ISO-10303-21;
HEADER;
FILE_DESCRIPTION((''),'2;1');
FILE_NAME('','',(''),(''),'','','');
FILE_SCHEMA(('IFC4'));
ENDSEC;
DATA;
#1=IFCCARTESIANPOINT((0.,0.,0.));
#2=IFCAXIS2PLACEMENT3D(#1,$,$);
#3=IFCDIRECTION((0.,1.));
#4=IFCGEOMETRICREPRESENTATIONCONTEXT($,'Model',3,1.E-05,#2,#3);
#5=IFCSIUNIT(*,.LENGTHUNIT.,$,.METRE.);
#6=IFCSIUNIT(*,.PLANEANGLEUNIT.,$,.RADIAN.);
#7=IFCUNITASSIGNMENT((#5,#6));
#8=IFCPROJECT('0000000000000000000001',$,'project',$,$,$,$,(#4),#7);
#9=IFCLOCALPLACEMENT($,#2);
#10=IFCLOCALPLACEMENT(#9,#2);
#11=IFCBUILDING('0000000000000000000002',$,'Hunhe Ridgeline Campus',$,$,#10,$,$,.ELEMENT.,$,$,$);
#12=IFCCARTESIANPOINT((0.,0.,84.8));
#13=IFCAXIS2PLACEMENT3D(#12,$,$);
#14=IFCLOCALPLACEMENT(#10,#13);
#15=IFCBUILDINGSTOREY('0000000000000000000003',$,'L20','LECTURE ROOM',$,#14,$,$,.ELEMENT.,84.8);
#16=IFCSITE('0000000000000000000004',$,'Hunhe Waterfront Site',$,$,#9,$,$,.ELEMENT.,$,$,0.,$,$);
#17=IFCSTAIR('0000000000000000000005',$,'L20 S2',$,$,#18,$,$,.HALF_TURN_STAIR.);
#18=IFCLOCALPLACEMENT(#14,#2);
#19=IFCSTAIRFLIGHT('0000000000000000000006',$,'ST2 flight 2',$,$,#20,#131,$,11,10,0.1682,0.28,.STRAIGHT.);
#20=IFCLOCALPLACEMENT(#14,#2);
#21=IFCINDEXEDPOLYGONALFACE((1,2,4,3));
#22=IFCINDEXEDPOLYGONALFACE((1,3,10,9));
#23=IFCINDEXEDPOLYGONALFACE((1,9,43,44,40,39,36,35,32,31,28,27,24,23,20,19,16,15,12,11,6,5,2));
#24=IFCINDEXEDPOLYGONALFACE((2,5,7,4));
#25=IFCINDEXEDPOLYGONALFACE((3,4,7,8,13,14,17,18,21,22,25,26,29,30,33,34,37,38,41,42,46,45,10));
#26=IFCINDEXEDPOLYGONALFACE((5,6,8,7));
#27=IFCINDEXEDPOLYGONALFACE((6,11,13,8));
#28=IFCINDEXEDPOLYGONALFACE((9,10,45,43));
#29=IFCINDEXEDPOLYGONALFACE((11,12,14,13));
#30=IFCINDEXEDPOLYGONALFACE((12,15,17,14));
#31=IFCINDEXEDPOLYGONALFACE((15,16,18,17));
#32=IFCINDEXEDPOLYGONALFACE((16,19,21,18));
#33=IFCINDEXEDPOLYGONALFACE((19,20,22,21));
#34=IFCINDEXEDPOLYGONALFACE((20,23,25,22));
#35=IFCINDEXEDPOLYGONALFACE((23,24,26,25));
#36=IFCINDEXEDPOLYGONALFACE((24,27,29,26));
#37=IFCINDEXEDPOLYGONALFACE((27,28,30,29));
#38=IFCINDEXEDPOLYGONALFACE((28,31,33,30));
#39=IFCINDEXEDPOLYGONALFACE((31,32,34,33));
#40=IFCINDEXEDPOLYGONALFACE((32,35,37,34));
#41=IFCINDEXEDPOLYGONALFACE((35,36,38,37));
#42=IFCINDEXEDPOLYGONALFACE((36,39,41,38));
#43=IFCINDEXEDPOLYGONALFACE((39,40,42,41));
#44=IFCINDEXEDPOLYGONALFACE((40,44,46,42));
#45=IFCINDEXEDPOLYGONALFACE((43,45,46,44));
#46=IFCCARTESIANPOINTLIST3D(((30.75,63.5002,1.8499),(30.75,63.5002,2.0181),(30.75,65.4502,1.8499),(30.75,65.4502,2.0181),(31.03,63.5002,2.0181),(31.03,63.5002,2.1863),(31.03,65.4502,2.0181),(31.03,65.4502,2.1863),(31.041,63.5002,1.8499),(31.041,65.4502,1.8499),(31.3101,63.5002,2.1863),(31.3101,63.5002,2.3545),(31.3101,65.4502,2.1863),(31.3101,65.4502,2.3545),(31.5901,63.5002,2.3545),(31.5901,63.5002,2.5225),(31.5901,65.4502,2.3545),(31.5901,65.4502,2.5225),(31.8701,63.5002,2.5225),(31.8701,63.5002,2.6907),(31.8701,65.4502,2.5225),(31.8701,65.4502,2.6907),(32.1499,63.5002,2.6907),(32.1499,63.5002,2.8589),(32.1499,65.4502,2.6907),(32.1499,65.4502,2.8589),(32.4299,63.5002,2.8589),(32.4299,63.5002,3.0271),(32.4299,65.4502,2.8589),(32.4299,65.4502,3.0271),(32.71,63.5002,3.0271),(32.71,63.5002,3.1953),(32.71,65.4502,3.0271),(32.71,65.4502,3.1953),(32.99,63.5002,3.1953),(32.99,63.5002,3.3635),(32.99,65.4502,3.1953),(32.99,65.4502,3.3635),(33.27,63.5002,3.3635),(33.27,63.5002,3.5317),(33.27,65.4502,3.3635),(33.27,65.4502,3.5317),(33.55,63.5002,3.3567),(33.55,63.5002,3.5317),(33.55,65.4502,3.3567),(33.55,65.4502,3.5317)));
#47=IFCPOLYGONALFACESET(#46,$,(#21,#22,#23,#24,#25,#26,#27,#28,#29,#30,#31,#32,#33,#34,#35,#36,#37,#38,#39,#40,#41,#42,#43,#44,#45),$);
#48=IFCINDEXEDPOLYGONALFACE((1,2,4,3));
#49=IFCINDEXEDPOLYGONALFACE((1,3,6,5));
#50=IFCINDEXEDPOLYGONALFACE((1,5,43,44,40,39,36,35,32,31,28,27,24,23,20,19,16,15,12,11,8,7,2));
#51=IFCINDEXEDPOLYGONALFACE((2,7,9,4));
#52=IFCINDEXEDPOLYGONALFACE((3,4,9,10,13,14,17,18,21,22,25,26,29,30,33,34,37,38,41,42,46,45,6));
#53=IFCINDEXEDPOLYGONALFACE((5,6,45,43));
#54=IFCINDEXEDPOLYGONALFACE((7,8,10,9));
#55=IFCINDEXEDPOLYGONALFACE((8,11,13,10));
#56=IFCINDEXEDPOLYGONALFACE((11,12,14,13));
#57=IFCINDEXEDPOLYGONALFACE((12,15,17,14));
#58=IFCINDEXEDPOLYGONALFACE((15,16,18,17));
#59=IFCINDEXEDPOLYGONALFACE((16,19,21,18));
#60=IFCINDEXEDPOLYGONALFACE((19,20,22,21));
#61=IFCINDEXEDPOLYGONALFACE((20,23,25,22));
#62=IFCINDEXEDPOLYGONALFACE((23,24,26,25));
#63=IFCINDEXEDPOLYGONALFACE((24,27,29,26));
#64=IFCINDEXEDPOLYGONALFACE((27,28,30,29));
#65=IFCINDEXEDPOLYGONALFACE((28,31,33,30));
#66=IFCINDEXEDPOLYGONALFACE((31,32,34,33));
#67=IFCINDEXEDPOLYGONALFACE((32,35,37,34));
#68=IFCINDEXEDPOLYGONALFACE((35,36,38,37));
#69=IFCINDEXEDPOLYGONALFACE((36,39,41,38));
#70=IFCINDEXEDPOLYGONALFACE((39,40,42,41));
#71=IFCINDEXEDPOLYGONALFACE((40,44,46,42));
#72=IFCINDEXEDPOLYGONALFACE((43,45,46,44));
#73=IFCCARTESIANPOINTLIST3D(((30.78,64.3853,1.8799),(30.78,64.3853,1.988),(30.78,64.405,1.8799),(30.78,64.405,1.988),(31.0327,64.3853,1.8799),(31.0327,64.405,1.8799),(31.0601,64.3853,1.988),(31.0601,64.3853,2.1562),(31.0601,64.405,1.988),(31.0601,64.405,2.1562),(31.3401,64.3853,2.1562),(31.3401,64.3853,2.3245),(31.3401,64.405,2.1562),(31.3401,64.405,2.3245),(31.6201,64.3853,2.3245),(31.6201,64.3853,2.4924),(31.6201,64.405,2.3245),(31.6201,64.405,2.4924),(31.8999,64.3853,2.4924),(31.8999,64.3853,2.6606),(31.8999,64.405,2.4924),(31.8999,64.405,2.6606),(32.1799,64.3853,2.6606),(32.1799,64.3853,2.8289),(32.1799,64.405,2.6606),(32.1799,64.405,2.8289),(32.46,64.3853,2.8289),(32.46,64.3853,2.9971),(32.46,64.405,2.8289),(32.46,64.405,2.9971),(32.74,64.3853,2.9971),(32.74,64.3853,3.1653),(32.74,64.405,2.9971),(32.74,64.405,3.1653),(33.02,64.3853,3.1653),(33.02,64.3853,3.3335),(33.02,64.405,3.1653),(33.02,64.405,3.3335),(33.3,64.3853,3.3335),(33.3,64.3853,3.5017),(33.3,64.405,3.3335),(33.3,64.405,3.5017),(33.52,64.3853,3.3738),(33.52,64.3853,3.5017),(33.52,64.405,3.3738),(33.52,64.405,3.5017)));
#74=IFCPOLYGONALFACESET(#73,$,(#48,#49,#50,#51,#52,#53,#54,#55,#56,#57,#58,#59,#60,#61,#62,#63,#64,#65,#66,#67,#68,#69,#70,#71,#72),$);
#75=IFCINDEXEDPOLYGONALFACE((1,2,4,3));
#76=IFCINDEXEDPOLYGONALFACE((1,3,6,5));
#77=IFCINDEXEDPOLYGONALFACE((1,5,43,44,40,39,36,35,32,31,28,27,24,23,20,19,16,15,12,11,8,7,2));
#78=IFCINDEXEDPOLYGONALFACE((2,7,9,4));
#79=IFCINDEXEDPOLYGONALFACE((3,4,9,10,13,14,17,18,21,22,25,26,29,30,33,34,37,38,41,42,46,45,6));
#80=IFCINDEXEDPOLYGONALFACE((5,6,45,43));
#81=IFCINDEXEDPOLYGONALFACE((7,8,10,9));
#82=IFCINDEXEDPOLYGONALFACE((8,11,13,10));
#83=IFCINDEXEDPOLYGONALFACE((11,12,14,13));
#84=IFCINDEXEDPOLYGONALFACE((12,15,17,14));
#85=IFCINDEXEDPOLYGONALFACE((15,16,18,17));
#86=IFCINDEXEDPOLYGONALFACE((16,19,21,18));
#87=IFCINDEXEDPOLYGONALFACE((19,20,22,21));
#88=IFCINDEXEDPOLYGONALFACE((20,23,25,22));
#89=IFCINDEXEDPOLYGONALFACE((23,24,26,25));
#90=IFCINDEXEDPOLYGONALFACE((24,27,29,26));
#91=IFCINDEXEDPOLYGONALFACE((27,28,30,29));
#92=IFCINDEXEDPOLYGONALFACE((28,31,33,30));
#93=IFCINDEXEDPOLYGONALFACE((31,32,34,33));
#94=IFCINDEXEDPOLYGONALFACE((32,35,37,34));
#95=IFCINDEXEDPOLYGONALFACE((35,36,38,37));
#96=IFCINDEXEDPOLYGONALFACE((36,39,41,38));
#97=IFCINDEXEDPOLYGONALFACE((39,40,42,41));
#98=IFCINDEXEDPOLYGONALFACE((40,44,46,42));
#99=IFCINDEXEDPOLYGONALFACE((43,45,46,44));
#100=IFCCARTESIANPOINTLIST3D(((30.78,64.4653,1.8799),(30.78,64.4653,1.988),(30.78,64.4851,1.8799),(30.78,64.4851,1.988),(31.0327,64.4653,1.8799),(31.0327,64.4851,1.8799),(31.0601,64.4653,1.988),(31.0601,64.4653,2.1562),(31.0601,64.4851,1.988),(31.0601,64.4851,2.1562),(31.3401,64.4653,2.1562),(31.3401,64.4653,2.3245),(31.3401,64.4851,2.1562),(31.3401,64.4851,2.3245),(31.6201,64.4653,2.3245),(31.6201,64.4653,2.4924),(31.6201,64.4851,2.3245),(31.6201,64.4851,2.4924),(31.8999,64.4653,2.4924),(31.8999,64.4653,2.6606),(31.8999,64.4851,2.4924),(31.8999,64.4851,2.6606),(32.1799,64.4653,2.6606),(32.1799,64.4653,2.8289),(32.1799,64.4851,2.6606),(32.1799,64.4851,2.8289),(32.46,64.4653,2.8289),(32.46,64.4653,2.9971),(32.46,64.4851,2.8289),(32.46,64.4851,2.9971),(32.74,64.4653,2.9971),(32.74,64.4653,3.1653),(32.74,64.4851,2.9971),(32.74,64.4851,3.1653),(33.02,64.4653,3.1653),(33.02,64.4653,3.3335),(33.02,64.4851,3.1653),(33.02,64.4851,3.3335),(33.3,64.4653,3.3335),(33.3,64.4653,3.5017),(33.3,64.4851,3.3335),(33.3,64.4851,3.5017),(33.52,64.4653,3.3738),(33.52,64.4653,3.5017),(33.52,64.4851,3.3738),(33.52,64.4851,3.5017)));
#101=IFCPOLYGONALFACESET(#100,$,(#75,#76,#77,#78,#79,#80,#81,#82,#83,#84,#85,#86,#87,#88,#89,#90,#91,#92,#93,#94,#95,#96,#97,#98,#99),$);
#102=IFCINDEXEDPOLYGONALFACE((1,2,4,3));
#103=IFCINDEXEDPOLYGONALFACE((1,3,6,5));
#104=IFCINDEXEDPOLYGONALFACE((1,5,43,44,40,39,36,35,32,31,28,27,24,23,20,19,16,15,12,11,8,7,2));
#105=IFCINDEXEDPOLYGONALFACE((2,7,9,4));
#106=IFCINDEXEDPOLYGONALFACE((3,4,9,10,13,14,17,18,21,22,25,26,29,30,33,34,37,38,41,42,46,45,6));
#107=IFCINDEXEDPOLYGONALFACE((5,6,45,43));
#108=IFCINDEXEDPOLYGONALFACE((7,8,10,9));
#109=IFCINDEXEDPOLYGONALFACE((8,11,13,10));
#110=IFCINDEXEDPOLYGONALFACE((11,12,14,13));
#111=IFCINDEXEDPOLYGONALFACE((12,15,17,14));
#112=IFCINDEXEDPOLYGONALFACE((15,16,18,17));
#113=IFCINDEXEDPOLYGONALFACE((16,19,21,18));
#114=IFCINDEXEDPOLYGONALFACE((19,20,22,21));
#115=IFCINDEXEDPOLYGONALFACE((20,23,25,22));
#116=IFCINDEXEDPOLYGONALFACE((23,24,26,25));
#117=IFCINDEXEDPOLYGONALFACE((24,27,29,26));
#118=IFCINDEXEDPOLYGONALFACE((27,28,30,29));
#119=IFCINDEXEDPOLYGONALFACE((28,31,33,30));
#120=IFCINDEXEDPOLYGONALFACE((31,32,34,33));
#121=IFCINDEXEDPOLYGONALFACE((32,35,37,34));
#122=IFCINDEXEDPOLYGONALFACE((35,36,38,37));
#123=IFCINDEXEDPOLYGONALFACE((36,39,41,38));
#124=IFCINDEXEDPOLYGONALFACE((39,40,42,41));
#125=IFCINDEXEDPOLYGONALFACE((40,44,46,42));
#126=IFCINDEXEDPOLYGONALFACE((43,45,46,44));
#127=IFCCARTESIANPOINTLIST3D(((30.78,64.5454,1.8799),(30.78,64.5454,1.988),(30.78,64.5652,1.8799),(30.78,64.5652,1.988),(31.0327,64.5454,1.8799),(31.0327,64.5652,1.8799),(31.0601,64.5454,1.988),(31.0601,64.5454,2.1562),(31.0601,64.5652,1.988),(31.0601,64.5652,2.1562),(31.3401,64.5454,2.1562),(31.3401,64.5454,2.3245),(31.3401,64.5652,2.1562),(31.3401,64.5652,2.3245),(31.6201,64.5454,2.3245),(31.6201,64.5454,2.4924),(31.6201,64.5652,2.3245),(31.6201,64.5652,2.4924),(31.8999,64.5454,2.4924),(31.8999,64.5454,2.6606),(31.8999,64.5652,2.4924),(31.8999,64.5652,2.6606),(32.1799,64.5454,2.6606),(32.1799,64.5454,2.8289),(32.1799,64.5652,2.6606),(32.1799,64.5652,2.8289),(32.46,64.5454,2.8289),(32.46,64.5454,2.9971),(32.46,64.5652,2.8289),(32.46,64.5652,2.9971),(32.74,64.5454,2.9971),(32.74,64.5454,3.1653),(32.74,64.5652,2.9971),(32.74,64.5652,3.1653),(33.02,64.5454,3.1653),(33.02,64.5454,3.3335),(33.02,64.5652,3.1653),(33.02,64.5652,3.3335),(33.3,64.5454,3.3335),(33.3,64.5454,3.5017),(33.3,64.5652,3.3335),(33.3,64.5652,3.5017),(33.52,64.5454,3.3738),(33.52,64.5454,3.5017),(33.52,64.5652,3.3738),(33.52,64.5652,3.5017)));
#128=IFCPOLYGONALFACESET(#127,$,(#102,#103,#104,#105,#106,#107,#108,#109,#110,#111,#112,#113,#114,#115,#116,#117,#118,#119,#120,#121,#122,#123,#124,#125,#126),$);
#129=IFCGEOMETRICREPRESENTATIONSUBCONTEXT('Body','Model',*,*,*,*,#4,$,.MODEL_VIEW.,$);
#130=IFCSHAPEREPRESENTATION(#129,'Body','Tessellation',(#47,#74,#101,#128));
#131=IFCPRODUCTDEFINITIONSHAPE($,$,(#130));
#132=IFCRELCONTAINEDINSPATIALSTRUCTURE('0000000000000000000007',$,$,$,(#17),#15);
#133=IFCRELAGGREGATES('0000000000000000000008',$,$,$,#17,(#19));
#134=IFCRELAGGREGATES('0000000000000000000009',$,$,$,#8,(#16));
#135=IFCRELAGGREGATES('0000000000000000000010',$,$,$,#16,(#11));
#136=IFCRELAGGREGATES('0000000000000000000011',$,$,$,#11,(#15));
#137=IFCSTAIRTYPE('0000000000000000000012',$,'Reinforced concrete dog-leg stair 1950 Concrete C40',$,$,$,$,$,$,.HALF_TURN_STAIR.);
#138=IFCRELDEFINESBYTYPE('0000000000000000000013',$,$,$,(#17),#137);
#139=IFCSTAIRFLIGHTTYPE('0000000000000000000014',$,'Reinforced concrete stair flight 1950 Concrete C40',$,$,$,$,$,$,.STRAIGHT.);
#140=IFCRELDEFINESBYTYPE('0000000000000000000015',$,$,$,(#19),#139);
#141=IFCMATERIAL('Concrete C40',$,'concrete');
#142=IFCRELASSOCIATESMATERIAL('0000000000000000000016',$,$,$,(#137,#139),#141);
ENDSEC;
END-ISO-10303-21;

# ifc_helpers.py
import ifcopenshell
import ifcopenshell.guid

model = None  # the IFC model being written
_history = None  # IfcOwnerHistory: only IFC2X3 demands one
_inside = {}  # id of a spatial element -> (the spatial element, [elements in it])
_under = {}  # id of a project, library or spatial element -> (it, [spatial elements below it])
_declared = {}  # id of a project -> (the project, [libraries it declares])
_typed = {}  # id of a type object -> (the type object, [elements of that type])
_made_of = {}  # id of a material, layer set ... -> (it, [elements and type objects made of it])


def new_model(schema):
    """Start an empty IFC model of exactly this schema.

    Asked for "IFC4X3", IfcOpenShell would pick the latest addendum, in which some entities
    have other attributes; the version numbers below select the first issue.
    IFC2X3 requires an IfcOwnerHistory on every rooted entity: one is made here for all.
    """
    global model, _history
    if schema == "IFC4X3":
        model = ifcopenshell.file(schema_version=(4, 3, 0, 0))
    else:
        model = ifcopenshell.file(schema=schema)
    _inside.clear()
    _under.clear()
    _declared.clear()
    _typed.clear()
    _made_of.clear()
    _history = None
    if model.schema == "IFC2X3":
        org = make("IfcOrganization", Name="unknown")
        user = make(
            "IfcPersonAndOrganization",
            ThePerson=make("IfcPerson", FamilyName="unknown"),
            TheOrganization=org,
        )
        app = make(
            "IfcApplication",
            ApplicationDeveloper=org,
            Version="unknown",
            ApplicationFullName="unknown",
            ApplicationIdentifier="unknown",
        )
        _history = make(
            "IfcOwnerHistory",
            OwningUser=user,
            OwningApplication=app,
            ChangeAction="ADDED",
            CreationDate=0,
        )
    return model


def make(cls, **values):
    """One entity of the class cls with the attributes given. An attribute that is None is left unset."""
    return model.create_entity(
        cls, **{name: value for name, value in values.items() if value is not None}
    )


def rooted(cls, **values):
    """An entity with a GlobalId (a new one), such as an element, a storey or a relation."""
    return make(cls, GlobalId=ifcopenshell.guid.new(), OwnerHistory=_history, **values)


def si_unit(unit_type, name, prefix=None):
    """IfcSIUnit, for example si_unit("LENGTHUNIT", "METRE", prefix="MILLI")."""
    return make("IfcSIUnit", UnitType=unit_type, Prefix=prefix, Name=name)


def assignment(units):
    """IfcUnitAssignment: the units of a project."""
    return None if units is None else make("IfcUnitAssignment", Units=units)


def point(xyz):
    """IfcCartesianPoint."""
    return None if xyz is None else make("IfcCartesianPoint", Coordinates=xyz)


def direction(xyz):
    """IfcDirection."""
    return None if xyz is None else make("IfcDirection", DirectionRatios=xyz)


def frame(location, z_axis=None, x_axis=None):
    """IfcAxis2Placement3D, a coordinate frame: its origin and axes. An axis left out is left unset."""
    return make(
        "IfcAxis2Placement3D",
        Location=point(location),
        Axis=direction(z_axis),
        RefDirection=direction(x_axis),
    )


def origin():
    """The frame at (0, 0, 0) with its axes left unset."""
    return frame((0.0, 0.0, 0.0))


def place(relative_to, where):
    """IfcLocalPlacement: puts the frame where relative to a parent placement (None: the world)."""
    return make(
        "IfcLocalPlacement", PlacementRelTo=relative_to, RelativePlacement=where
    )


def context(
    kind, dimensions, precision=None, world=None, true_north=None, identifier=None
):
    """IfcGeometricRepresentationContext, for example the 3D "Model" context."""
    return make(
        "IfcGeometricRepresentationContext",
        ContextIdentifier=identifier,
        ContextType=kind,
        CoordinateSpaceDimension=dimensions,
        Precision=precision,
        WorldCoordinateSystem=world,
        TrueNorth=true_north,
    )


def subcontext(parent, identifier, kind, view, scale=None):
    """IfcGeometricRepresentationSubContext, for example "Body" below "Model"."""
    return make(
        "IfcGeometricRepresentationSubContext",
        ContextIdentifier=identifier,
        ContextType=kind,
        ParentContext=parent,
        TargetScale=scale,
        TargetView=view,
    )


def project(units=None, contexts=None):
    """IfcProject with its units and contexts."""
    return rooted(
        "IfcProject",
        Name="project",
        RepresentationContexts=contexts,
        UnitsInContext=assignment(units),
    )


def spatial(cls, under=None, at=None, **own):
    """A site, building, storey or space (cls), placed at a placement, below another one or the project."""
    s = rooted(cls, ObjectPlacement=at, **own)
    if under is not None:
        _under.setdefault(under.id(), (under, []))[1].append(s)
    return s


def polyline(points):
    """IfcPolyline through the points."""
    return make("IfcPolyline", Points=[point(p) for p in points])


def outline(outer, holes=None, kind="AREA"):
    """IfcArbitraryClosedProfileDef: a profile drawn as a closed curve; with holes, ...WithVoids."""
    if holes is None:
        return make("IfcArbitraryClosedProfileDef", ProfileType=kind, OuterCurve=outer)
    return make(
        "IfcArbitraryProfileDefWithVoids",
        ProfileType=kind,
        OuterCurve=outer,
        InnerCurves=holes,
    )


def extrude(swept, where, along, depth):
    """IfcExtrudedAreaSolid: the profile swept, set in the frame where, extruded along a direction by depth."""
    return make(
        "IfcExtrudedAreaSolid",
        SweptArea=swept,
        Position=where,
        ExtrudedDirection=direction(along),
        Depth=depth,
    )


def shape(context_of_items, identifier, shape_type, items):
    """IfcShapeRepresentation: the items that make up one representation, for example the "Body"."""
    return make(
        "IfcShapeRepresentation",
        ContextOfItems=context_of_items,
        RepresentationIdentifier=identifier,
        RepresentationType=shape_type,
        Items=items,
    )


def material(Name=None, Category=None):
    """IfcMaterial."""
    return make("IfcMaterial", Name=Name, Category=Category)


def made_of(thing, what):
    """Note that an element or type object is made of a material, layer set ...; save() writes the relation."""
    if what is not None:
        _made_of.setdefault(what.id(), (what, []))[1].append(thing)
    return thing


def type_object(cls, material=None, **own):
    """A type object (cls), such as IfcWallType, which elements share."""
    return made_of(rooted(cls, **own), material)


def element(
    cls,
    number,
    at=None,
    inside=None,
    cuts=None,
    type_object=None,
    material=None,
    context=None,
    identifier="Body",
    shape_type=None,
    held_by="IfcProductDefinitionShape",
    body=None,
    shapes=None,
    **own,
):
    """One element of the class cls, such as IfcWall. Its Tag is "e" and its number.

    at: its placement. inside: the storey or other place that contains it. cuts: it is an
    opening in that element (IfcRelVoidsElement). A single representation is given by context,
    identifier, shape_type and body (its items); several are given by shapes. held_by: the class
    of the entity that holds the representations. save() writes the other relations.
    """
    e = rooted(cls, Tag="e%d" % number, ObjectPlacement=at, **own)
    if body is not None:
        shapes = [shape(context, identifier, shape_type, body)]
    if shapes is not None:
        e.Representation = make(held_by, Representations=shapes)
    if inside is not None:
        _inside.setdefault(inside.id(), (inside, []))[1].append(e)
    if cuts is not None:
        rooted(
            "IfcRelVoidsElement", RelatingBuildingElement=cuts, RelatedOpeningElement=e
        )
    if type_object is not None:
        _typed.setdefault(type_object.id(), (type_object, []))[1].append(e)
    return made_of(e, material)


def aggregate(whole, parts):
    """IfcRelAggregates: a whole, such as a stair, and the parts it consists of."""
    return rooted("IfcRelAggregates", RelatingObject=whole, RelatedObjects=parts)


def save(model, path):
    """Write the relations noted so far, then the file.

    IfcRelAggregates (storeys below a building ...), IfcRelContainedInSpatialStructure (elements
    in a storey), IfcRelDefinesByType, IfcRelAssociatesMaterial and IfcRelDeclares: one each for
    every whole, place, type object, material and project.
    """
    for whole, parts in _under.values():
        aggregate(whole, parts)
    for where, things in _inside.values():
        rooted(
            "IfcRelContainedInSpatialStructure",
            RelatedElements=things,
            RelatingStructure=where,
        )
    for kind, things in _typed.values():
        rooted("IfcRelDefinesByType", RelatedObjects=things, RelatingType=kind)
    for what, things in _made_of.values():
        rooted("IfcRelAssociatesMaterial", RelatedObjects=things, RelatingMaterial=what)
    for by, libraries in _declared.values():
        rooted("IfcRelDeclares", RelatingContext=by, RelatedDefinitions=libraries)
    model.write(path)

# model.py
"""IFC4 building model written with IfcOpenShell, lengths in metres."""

from ifc_helpers import new_model, si_unit, direction, frame, origin, place, context, subcontext, project, spatial, polyline, outline, extrude, material, type_object, element, aggregate, save


model = new_model("IFC4")

# Units and contexts
model_context = context("Model", 3, precision=1e-05, world=origin(), true_north=direction((0.0, 1.0)))
body_context = subcontext(model_context, "Body", "Model", "MODEL_VIEW")
ifc_project = project(units=[si_unit("LENGTHUNIT", "METRE"), si_unit("PLANEANGLEUNIT", "RADIAN")], contexts=[model_context])

# Site, building, storey
site_placement = place(None, origin())
site = spatial("IfcSite", under=ifc_project, at=site_placement, Name="Hunhe Waterfront Site", CompositionType="ELEMENT", RefElevation=0.0)
building_placement = place(site_placement, origin())
building = spatial("IfcBuilding", under=site, at=building_placement, Name="Hunhe Ridgeline Campus", CompositionType="ELEMENT")
storey_placement = place(building_placement, frame((0.0, 0.0, 84.8)))
storey = spatial("IfcBuildingStorey", under=building, at=storey_placement, Name="L20", Description="LECTURE ROOM", CompositionType="ELEMENT", Elevation=84.8)

# Stair, stair flight
ifc_material_1 = material(Name="Concrete C40", Category="concrete")
stair_type = type_object("IfcStairType", Name="Reinforced concrete dog-leg stair 1950 Concrete C40", PredefinedType="HALF_TURN_STAIR", material=ifc_material_1)
stair_placement = place(storey_placement, origin())
stair = element("IfcStair", 1, at=stair_placement, inside=storey, type_object=stair_type, Name="L20 S2", PredefinedType="HALF_TURN_STAIR")
stair_flight_type = type_object("IfcStairFlightType", Name="Reinforced concrete stair flight 1950 Concrete C40", PredefinedType="STRAIGHT", material=ifc_material_1)
stair_flight_1_placement = place(storey_placement, frame((30.75, 64.4751, 1.8499), z_axis=(0.0, 0.0, 1.0), x_axis=(1.0, 0.0, 0.0)))
stair_flight_1 = element("IfcStairFlight", 2, at=stair_flight_1_placement, type_object=stair_flight_type, Name="ST2 flight 2", NumberOfRisers=11, NumberOfTreads=10, PredefinedType="STRAIGHT", RiserHeight=0.1682, TreadLength=0.28, context=body_context, shape_type="SweptSolid", body=[
    extrude(outline(polyline([(0.0, 0.0), (0.0, 0.1682), (0.28, 0.1682), (0.28, 0.3364), (0.5601, 0.3364), (0.5601, 0.5046), (0.8401, 0.5046), (0.8401, 0.6726), (1.1201, 0.6726), (1.1201, 0.8408), (1.3999, 0.8408), (1.3999, 1.009), (1.6799, 1.009), (1.6799, 1.1772), (1.96, 1.1772), (1.96, 1.3455), (2.24, 1.3455), (2.24, 1.5137), (2.52, 1.5137), (2.52, 1.6819), (2.8, 1.6819), (2.8, 1.8501), (2.8, 1.5068), (0.291, 0.0), (0.0, 0.0)])), frame((0.0, 0.9751, 0.0), z_axis=(0.0, -1.0, 0.0), x_axis=(1.0, 0.0, 0.0)), (0.0, 0.0, 1.0), 1.95),
    extrude(outline(polyline([(0.03, 0.03), (0.03, 0.1382), (0.3101, 0.1382), (0.3101, 0.3064), (0.5901, 0.3064), (0.5901, 0.4746), (0.8701, 0.4746), (0.8701, 0.6426), (1.1499, 0.6426), (1.1499, 0.8108), (1.4299, 0.8108), (1.4299, 0.979), (1.71, 0.979), (1.71, 1.1472), (1.99, 1.1472), (1.99, 1.3154), (2.27, 1.3154), (2.27, 1.4836), (2.55, 1.4836), (2.55, 1.6519), (2.77, 1.6519), (2.77, 1.5239), (0.2827, 0.03), (0.03, 0.03)])), frame((0.0, -0.0701, 0.0), z_axis=(0.0, -1.0, 0.0), x_axis=(1.0, 0.0, 0.0)), (0.0, 0.0, 1.0), 0.0198),
    extrude(outline(polyline([(0.03, 0.03), (0.03, 0.1382), (0.3101, 0.1382), (0.3101, 0.3064), (0.5901, 0.3064), (0.5901, 0.4746), (0.8701, 0.4746), (0.8701, 0.6426), (1.1499, 0.6426), (1.1499, 0.8108), (1.4299, 0.8108), (1.4299, 0.979), (1.71, 0.979), (1.71, 1.1472), (1.99, 1.1472), (1.99, 1.3154), (2.27, 1.3154), (2.27, 1.4836), (2.55, 1.4836), (2.55, 1.6519), (2.77, 1.6519), (2.77, 1.5239), (0.2827, 0.03), (0.03, 0.03)])), frame((0.0, 0.01, 0.0), z_axis=(0.0, -1.0, 0.0), x_axis=(1.0, 0.0, 0.0)), (0.0, 0.0, 1.0), 0.0198),
    extrude(outline(polyline([(0.03, 0.03), (0.03, 0.1382), (0.3101, 0.1382), (0.3101, 0.3064), (0.5901, 0.3064), (0.5901, 0.4746), (0.8701, 0.4746), (0.8701, 0.6426), (1.1499, 0.6426), (1.1499, 0.8108), (1.4299, 0.8108), (1.4299, 0.979), (1.71, 0.979), (1.71, 1.1472), (1.99, 1.1472), (1.99, 1.3154), (2.27, 1.3154), (2.27, 1.4836), (2.55, 1.4836), (2.55, 1.6519), (2.77, 1.6519), (2.77, 1.5239), (0.2827, 0.03), (0.03, 0.03)])), frame((0.0, 0.0901, 0.0), z_axis=(0.0, -1.0, 0.0), x_axis=(1.0, 0.0, 0.0)), (0.0, 0.0, 1.0), 0.0198),
])
aggregate(stair, [stair_flight_1])

save(model, "model.ifc")
